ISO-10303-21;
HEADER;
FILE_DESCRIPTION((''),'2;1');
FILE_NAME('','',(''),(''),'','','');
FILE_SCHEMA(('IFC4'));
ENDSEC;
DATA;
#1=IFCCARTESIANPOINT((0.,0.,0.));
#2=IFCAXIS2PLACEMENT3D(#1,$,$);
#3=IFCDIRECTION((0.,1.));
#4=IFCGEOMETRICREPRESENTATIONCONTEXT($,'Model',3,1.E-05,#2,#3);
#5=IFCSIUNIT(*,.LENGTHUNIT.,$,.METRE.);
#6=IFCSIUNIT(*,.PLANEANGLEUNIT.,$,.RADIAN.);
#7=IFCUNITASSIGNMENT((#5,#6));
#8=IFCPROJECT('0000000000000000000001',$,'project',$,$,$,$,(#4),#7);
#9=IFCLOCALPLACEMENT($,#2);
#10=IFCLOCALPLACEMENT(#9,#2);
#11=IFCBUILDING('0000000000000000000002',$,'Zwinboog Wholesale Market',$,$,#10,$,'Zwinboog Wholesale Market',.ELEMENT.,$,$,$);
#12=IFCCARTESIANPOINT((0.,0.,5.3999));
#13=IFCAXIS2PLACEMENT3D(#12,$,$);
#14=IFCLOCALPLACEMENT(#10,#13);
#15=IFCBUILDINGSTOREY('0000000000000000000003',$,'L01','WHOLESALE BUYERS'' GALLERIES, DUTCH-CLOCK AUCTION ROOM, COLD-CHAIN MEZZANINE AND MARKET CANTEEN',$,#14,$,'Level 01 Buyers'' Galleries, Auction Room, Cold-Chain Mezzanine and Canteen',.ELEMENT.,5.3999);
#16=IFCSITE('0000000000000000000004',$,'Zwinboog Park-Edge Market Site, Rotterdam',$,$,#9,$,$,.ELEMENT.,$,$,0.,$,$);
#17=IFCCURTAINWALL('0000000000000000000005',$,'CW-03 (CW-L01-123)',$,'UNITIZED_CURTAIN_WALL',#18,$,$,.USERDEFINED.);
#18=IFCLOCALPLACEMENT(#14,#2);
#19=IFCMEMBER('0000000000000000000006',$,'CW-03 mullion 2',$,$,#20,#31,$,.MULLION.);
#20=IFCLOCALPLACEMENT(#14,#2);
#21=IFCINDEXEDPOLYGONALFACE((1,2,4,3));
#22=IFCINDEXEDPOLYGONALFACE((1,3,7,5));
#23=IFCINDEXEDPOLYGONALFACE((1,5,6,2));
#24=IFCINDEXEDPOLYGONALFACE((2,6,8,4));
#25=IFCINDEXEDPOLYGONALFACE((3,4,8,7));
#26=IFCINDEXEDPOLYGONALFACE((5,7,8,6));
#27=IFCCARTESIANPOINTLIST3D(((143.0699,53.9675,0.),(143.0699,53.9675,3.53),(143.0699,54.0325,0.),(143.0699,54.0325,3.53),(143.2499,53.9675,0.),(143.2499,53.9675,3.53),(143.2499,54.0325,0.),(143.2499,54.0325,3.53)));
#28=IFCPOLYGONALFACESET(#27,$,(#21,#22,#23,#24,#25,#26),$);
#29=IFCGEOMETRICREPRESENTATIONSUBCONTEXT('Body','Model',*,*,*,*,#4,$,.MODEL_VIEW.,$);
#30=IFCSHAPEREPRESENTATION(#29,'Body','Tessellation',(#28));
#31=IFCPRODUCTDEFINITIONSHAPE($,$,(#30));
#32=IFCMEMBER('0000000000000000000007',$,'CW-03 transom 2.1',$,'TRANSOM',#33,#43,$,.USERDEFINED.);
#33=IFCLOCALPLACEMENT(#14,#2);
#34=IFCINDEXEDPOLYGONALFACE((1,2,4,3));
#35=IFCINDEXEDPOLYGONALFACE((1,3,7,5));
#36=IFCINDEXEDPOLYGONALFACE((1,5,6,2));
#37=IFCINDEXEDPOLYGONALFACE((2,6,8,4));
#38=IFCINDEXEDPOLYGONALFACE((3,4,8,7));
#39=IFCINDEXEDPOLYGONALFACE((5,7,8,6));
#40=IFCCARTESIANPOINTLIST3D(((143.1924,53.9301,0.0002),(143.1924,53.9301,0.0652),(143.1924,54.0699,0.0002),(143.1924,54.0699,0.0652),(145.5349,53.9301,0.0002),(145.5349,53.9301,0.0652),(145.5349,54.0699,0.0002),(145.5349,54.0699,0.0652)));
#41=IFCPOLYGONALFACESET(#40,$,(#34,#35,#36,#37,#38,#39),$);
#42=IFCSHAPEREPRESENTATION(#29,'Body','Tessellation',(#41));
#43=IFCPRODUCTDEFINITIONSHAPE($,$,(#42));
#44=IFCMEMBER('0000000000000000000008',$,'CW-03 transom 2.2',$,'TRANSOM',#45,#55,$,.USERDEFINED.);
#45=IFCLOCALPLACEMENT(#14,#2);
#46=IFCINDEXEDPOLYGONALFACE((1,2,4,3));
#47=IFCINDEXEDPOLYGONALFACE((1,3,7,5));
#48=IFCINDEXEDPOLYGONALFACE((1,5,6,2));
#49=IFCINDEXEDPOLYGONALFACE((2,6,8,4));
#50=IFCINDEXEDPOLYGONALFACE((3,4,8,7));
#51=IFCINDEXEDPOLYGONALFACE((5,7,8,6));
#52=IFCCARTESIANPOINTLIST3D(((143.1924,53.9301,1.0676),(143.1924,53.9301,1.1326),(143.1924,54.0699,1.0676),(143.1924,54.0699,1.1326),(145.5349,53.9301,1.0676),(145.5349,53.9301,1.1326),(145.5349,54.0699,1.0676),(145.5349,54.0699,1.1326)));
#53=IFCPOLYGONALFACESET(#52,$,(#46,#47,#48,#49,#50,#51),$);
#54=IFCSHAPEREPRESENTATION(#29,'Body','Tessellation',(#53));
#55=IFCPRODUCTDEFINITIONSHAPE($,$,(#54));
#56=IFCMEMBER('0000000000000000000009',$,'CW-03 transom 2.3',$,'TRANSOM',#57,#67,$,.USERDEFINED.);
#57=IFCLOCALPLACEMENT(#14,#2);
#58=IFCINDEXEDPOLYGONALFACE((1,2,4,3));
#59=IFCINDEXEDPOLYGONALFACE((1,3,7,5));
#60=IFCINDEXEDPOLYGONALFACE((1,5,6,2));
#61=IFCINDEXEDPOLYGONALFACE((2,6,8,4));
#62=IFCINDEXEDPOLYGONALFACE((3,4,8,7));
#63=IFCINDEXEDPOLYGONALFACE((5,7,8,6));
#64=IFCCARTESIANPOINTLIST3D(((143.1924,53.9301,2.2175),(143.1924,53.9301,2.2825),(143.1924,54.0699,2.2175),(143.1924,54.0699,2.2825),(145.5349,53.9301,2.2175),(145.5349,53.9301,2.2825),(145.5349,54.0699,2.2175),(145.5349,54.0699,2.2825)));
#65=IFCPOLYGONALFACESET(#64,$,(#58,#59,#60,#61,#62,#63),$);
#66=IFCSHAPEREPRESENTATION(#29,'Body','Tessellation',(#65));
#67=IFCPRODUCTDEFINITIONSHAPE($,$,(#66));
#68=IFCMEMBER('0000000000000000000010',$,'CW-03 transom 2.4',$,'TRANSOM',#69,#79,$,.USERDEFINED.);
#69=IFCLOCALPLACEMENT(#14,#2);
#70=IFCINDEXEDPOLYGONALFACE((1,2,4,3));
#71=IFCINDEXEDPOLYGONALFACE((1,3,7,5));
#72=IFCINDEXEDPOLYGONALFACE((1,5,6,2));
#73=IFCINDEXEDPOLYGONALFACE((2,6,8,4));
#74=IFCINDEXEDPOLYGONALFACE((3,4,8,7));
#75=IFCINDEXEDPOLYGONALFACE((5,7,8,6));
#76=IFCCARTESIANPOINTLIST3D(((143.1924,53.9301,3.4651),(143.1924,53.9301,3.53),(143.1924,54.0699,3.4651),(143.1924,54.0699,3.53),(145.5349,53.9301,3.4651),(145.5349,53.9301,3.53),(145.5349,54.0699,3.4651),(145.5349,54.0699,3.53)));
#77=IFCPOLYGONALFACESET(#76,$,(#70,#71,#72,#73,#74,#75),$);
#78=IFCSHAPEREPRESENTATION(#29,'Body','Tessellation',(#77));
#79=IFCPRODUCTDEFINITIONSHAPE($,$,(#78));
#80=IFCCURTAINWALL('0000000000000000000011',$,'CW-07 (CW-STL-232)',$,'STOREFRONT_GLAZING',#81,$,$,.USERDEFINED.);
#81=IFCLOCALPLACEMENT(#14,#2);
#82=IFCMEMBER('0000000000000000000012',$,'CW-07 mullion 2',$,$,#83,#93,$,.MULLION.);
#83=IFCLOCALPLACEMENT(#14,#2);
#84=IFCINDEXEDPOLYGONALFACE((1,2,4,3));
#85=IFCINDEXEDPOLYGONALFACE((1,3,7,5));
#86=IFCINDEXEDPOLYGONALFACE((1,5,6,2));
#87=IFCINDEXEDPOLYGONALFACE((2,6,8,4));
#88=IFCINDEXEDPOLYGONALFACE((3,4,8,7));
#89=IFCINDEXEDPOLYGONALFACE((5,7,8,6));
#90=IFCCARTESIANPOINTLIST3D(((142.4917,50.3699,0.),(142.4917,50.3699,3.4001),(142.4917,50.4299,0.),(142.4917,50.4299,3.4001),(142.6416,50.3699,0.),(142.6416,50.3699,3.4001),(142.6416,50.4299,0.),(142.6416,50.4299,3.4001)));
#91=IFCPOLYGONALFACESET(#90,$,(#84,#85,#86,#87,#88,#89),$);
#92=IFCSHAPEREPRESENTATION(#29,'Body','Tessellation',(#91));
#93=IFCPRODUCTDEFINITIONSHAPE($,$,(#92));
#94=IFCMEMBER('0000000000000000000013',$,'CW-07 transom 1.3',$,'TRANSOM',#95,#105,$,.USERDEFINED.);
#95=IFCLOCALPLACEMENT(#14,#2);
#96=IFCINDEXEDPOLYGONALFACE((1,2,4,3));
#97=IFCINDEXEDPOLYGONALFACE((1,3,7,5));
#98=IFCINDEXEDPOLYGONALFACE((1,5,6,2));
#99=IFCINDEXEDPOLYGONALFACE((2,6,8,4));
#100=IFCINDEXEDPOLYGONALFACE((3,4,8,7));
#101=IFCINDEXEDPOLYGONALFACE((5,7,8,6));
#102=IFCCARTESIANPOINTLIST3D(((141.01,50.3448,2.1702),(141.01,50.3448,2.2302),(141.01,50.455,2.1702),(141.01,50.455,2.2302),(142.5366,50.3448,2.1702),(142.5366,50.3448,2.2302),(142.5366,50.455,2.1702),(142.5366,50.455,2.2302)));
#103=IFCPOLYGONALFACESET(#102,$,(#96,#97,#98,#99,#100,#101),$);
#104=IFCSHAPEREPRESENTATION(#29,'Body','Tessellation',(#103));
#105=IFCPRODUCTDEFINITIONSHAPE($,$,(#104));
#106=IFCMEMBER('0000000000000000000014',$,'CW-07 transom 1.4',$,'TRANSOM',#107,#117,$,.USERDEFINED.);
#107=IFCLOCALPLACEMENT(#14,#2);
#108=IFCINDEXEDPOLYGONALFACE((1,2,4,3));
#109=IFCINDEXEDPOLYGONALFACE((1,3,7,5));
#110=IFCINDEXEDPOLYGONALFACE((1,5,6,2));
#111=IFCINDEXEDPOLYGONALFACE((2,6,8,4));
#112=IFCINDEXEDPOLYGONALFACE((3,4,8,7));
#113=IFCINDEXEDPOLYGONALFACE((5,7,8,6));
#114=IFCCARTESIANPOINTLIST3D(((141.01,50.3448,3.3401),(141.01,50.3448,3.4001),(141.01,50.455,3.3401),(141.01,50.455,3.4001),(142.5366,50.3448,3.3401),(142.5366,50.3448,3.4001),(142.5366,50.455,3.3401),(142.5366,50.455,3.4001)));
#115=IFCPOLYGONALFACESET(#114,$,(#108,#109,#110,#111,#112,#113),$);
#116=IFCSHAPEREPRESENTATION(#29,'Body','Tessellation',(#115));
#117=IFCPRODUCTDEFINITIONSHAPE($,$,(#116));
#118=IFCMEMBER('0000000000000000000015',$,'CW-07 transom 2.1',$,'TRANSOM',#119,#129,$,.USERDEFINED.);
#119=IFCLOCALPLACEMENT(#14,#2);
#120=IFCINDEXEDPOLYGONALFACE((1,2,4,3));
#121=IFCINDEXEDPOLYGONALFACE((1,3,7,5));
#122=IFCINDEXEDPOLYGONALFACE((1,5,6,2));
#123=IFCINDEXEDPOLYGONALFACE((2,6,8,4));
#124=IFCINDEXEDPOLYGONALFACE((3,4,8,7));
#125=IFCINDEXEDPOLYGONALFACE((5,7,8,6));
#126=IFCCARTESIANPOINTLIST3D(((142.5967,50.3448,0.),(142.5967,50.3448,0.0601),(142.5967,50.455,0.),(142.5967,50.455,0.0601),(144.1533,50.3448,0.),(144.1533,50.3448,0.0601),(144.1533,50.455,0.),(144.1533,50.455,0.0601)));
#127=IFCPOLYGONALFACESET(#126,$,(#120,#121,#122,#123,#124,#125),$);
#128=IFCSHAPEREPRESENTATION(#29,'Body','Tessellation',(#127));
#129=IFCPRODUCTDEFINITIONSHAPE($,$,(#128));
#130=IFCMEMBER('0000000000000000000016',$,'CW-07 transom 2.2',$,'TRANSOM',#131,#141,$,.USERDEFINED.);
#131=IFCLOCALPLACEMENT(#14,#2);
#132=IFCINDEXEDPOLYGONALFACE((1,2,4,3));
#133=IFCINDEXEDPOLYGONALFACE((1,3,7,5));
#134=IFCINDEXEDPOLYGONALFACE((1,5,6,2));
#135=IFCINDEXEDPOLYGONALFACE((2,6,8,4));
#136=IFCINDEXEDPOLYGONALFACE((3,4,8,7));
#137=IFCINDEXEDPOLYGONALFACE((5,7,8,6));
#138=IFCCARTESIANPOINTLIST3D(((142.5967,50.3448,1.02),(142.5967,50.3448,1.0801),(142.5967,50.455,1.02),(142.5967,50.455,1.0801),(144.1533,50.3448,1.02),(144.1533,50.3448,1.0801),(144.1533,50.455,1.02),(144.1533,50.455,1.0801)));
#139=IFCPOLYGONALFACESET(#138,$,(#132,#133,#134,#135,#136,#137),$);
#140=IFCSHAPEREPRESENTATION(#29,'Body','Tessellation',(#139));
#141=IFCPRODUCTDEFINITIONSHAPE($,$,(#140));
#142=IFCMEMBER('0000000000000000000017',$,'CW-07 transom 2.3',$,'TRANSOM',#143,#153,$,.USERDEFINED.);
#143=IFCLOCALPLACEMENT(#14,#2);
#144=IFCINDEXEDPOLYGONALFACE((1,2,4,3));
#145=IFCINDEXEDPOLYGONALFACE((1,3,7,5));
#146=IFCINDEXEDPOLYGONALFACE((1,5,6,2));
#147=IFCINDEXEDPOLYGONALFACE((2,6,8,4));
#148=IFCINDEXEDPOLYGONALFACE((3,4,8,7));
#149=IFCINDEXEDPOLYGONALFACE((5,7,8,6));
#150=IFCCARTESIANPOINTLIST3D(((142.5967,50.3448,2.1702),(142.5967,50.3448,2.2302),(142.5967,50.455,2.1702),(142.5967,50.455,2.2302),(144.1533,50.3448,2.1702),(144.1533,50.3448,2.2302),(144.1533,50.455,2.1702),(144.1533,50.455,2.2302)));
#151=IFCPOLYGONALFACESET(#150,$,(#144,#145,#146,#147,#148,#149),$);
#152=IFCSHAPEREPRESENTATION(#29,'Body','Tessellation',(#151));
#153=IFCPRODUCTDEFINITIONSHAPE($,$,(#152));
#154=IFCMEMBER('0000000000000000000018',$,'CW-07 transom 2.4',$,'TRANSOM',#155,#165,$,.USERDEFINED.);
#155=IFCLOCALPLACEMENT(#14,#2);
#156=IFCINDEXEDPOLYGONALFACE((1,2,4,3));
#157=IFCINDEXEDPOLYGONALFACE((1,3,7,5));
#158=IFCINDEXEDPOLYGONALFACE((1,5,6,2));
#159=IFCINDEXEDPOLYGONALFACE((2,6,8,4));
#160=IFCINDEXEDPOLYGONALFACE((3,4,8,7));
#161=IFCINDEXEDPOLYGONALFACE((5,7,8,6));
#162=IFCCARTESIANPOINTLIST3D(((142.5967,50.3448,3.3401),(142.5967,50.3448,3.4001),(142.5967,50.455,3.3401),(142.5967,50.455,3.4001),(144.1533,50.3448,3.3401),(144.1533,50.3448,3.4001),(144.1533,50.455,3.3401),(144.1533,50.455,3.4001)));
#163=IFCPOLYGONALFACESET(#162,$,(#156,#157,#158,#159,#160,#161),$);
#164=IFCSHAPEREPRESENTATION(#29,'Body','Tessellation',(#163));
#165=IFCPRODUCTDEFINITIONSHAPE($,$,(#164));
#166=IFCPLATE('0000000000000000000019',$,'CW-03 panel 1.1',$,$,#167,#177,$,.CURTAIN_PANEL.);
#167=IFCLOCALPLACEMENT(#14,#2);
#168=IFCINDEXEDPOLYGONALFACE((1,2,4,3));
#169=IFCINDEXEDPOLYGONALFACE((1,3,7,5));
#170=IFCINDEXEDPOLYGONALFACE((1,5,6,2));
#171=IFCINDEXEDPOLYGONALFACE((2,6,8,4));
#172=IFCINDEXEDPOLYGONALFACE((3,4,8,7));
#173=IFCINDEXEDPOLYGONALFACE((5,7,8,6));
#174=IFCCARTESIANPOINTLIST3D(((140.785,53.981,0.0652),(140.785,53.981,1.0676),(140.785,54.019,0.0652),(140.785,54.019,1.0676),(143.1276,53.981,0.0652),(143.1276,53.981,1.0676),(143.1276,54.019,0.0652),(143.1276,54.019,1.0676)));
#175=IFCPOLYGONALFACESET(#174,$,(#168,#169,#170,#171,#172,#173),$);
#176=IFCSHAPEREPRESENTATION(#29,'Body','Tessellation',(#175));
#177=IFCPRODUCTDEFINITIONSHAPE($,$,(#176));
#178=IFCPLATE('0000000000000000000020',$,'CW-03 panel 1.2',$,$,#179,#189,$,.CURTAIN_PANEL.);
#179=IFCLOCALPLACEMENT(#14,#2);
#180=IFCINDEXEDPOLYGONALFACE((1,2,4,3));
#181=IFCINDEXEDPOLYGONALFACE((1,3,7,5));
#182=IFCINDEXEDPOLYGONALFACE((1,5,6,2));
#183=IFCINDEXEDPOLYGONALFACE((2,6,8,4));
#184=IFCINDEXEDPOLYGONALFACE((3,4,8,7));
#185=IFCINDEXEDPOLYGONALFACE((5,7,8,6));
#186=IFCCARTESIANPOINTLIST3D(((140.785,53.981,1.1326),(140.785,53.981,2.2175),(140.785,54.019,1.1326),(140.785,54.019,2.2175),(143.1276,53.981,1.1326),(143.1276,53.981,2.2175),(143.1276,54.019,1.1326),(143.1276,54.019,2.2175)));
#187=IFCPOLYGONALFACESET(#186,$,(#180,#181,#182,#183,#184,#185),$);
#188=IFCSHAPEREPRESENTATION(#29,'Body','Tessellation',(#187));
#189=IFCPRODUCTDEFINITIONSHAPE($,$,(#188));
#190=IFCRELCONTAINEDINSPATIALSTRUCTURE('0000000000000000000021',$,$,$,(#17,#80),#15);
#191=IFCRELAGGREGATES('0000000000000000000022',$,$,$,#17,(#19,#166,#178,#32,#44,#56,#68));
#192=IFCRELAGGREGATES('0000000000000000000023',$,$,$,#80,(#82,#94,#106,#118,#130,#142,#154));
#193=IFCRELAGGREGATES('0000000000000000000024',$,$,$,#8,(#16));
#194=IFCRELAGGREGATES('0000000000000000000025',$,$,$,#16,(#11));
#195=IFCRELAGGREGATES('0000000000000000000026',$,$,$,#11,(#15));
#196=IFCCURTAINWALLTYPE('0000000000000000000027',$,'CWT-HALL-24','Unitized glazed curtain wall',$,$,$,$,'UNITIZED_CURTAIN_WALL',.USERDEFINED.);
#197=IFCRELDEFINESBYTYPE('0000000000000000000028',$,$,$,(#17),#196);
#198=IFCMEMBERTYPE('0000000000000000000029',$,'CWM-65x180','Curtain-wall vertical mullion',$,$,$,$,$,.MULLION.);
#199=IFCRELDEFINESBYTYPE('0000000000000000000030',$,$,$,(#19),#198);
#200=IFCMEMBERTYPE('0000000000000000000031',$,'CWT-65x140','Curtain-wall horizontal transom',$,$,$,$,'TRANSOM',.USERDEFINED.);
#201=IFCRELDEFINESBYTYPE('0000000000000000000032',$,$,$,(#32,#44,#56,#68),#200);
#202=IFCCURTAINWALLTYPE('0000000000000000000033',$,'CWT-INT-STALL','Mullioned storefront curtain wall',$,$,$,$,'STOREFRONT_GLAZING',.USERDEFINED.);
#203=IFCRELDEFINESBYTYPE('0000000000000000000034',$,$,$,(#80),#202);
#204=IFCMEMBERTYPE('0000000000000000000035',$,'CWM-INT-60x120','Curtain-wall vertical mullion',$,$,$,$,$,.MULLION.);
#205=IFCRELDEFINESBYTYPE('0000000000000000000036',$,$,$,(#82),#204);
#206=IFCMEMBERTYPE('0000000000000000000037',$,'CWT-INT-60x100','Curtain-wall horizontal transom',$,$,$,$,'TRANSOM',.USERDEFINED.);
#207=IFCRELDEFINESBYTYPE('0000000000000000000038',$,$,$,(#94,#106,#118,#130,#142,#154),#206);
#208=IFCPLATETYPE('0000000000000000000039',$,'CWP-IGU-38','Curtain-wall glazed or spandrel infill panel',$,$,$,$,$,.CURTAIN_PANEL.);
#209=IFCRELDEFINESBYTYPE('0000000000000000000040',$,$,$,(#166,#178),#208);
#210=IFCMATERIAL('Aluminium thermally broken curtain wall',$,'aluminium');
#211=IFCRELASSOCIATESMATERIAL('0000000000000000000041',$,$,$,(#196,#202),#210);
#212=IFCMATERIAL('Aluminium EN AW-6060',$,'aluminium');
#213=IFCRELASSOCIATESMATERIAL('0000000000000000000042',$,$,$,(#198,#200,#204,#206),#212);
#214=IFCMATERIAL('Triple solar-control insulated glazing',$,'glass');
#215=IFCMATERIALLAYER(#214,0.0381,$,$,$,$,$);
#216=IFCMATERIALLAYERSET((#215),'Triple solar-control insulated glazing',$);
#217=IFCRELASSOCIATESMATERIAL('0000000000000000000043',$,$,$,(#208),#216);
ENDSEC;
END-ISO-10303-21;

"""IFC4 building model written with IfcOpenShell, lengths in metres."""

from ifc_helpers import new_model, si_unit, direction, frame, origin, origin_2d, place, context, subcontext, project, spatial, rectangle, extrude, material, layer, layer_set, material_profile, profile_set, type_object, element, aggregate, save


model = new_model("IFC4")

# Units and contexts
model_context = context("Model", 3, precision=1e-05, world=origin(), true_north=direction((0.0, 1.0)))
body_context = subcontext(model_context, "Body", "Model", "MODEL_VIEW")
ifc_project = project(units=[si_unit("LENGTHUNIT", "METRE"), si_unit("PLANEANGLEUNIT", "RADIAN")], contexts=[model_context])

# Site, building, storey
site_placement = place(None, origin())
site = spatial("IfcSite", under=ifc_project, at=site_placement, Name="Zwinboog Park-Edge Market Site, Rotterdam", CompositionType="ELEMENT", RefElevation=0.0)
building_placement = place(site_placement, origin())
building = spatial("IfcBuilding", under=site, at=building_placement, Name="Zwinboog Wholesale Market", LongName="Zwinboog Wholesale Market", CompositionType="ELEMENT")
storey_placement = place(building_placement, frame((0.0, 0.0, 5.3999)))
storey = spatial("IfcBuildingStorey", under=building, at=storey_placement, Name="L01", Description="WHOLESALE BUYERS' GALLERIES, DUTCH-CLOCK AUCTION ROOM, COLD-CHAIN MEZZANINE AND MARKET CANTEEN", LongName="Level 01 Buyers' Galleries, Auction Room, Cold-Chain Mezzanine and Canteen", CompositionType="ELEMENT", Elevation=5.3999)

# Curtain walls, members
ifc_material_1 = material(Name="Aluminium thermally broken curtain wall", Category="aluminium")
curtain_wall_type_1 = type_object("IfcCurtainWallType", Name="CWT-HALL-24", Description="Unitized glazed curtain wall", ElementType="UNITIZED_CURTAIN_WALL", PredefinedType="USERDEFINED", material=ifc_material_1)
curtain_wall_1_placement = place(storey_placement, origin())
curtain_wall_1 = element("IfcCurtainWall", 1, at=curtain_wall_1_placement, inside=storey, type_object=curtain_wall_type_1, Name="CW-03 (CW-L01-123)", ObjectType="UNITIZED_CURTAIN_WALL", PredefinedType="USERDEFINED")
ifc_material_2 = material(Name="Aluminium EN AW-6060", Category="aluminium")
ifc_material_profile_1 = material_profile(ifc_material_2, rectangle(XDim=0.0649, YDim=0.1799, at=origin_2d()), Name="AL 65x180")
ifc_profile_set_1 = profile_set([ifc_material_profile_1], Name="Aluminium EN AW-6060")
member_type_1 = type_object("IfcMemberType", Name="CWM-65x180", Description="Curtain-wall vertical mullion", PredefinedType="MULLION", material=ifc_profile_set_1)
member_1_placement = place(storey_placement, frame((143.1599, 54.0, 0.0), z_axis=(0.0, 0.0, 1.0), x_axis=(0.0, 1.0, 0.0)))
member_1 = element("IfcMember", 2, at=member_1_placement, type_object=member_type_1, Name="CW-03 mullion 2", PredefinedType="MULLION", context=body_context, shape_type="SweptSolid", body=[
    extrude(rectangle(XDim=0.0649, YDim=0.1799, at=origin_2d()), origin(), (0.0, 0.0, 1.0), 3.53),
])
ifc_material_profile_2 = material_profile(ifc_material_2, rectangle(XDim=0.1399, YDim=0.0649, at=origin_2d()), Name="AL 65x140")
ifc_profile_set_2 = profile_set([ifc_material_profile_2], Name="Aluminium EN AW-6060")
member_type_2 = type_object("IfcMemberType", Name="CWT-65x140", Description="Curtain-wall horizontal transom", ElementType="TRANSOM", PredefinedType="USERDEFINED", material=ifc_profile_set_2)
member_2_placement = place(storey_placement, frame((143.1924, 54.0, 0.0327), z_axis=(1.0, 0.0, 0.0), x_axis=(0.0, 1.0, 0.0)))
member_2 = element("IfcMember", 3, at=member_2_placement, type_object=member_type_2, Name="CW-03 transom 2.1", ObjectType="TRANSOM", PredefinedType="USERDEFINED", context=body_context, shape_type="SweptSolid", body=[
    extrude(rectangle(XDim=0.1399, YDim=0.0649, at=origin_2d()), origin(), (0.0, 0.0, 1.0), 2.3425),
])
member_3_placement = place(storey_placement, frame((143.1924, 54.0, 1.1001), z_axis=(1.0, 0.0, 0.0), x_axis=(0.0, 1.0, 0.0)))
member_3 = element("IfcMember", 4, at=member_3_placement, type_object=member_type_2, Name="CW-03 transom 2.2", ObjectType="TRANSOM", PredefinedType="USERDEFINED", context=body_context, shape_type="SweptSolid", body=[
    extrude(rectangle(XDim=0.1399, YDim=0.0649, at=origin_2d()), origin(), (0.0, 0.0, 1.0), 2.3425),
])
member_4_placement = place(storey_placement, frame((143.1924, 54.0, 2.25), z_axis=(1.0, 0.0, 0.0), x_axis=(0.0, 1.0, 0.0)))
member_4 = element("IfcMember", 5, at=member_4_placement, type_object=member_type_2, Name="CW-03 transom 2.3", ObjectType="TRANSOM", PredefinedType="USERDEFINED", context=body_context, shape_type="SweptSolid", body=[
    extrude(rectangle(XDim=0.1399, YDim=0.0649, at=origin_2d()), origin(), (0.0, 0.0, 1.0), 2.3425),
])
member_5_placement = place(storey_placement, frame((143.1924, 54.0, 3.4976), z_axis=(1.0, 0.0, 0.0), x_axis=(0.0, 1.0, 0.0)))
member_5 = element("IfcMember", 6, at=member_5_placement, type_object=member_type_2, Name="CW-03 transom 2.4", ObjectType="TRANSOM", PredefinedType="USERDEFINED", context=body_context, shape_type="SweptSolid", body=[
    extrude(rectangle(XDim=0.1399, YDim=0.0649, at=origin_2d()), origin(), (0.0, 0.0, 1.0), 2.3425),
])
curtain_wall_type_2 = type_object("IfcCurtainWallType", Name="CWT-INT-STALL", Description="Mullioned storefront curtain wall", ElementType="STOREFRONT_GLAZING", PredefinedType="USERDEFINED", material=ifc_material_1)
curtain_wall_2_placement = place(storey_placement, origin())
curtain_wall_2 = element("IfcCurtainWall", 7, at=curtain_wall_2_placement, inside=storey, type_object=curtain_wall_type_2, Name="CW-07 (CW-STL-232)", ObjectType="STOREFRONT_GLAZING", PredefinedType="USERDEFINED")
ifc_material_profile_3 = material_profile(ifc_material_2, rectangle(XDim=0.0601, YDim=0.1499, at=origin_2d()), Name="AL 60x150")
ifc_profile_set_3 = profile_set([ifc_material_profile_3], Name="Aluminium EN AW-6060")
member_type_3 = type_object("IfcMemberType", Name="CWM-INT-60x120", Description="Curtain-wall vertical mullion", PredefinedType="MULLION", material=ifc_profile_set_3)
member_6_placement = place(storey_placement, frame((142.5667, 50.3999, 0.0), z_axis=(0.0, 0.0, 1.0), x_axis=(0.0, 1.0, 0.0)))
member_6 = element("IfcMember", 8, at=member_6_placement, type_object=member_type_3, Name="CW-07 mullion 2", PredefinedType="MULLION", context=body_context, shape_type="SweptSolid", body=[
    extrude(rectangle(XDim=0.0601, YDim=0.1499, at=origin_2d()), origin(), (0.0, 0.0, 1.0), 3.4001),
])
ifc_material_profile_4 = material_profile(ifc_material_2, rectangle(XDim=0.1101, YDim=0.0601, at=origin_2d()), Name="AL 60x110")
ifc_profile_set_4 = profile_set([ifc_material_profile_4], Name="Aluminium EN AW-6060")
member_type_4 = type_object("IfcMemberType", Name="CWT-INT-60x100", Description="Curtain-wall horizontal transom", ElementType="TRANSOM", PredefinedType="USERDEFINED", material=ifc_profile_set_4)
member_7_placement = place(storey_placement, frame((141.01, 50.3999, 2.2002), z_axis=(1.0, 0.0, 0.0), x_axis=(0.0, 1.0, 0.0)))
member_7 = element("IfcMember", 9, at=member_7_placement, type_object=member_type_4, Name="CW-07 transom 1.3", ObjectType="TRANSOM", PredefinedType="USERDEFINED", context=body_context, shape_type="SweptSolid", body=[
    extrude(rectangle(XDim=0.1101, YDim=0.0601, at=origin_2d()), origin(), (0.0, 0.0, 1.0), 1.5266),
])
member_8_placement = place(storey_placement, frame((141.01, 50.3999, 3.3701), z_axis=(1.0, 0.0, 0.0), x_axis=(0.0, 1.0, 0.0)))
member_8 = element("IfcMember", 10, at=member_8_placement, type_object=member_type_4, Name="CW-07 transom 1.4", ObjectType="TRANSOM", PredefinedType="USERDEFINED", context=body_context, shape_type="SweptSolid", body=[
    extrude(rectangle(XDim=0.1101, YDim=0.0601, at=origin_2d()), origin(), (0.0, 0.0, 1.0), 1.5266),
])
member_9_placement = place(storey_placement, frame((142.5967, 50.3999, 0.03), z_axis=(1.0, 0.0, 0.0), x_axis=(0.0, 1.0, 0.0)))
member_9 = element("IfcMember", 11, at=member_9_placement, type_object=member_type_4, Name="CW-07 transom 2.1", ObjectType="TRANSOM", PredefinedType="USERDEFINED", context=body_context, shape_type="SweptSolid", body=[
    extrude(rectangle(XDim=0.1101, YDim=0.0601, at=origin_2d()), origin(), (0.0, 0.0, 1.0), 1.5566),
])
member_10_placement = place(storey_placement, frame((142.5967, 50.3999, 1.05), z_axis=(1.0, 0.0, 0.0), x_axis=(0.0, 1.0, 0.0)))
member_10 = element("IfcMember", 12, at=member_10_placement, type_object=member_type_4, Name="CW-07 transom 2.2", ObjectType="TRANSOM", PredefinedType="USERDEFINED", context=body_context, shape_type="SweptSolid", body=[
    extrude(rectangle(XDim=0.1101, YDim=0.0601, at=origin_2d()), origin(), (0.0, 0.0, 1.0), 1.5566),
])
member_11_placement = place(storey_placement, frame((142.5967, 50.3999, 2.2002), z_axis=(1.0, 0.0, 0.0), x_axis=(0.0, 1.0, 0.0)))
member_11 = element("IfcMember", 13, at=member_11_placement, type_object=member_type_4, Name="CW-07 transom 2.3", ObjectType="TRANSOM", PredefinedType="USERDEFINED", context=body_context, shape_type="SweptSolid", body=[
    extrude(rectangle(XDim=0.1101, YDim=0.0601, at=origin_2d()), origin(), (0.0, 0.0, 1.0), 1.5566),
])
member_12_placement = place(storey_placement, frame((142.5967, 50.3999, 3.3701), z_axis=(1.0, 0.0, 0.0), x_axis=(0.0, 1.0, 0.0)))
member_12 = element("IfcMember", 14, at=member_12_placement, type_object=member_type_4, Name="CW-07 transom 2.4", ObjectType="TRANSOM", PredefinedType="USERDEFINED", context=body_context, shape_type="SweptSolid", body=[
    extrude(rectangle(XDim=0.1101, YDim=0.0601, at=origin_2d()), origin(), (0.0, 0.0, 1.0), 1.5566),
])

# Plates
ifc_material_3 = material(Name="Triple solar-control insulated glazing", Category="glass")
ifc_layer_1 = layer(ifc_material_3, 0.0381)
ifc_layer_set_1 = layer_set([ifc_layer_1], Name="Triple solar-control insulated glazing")
plate_type_1 = type_object("IfcPlateType", Name="CWP-IGU-38", Description="Curtain-wall glazed or spandrel infill panel", PredefinedType="CURTAIN_PANEL", material=ifc_layer_set_1)
plate_1_placement = place(storey_placement, frame((141.9563, 54.0, 0.0652), z_axis=(0.0, 0.0, 1.0), x_axis=(1.0, 0.0, 0.0)))
plate_1 = element("IfcPlate", 15, at=plate_1_placement, type_object=plate_type_1, Name="CW-03 panel 1.1", PredefinedType="CURTAIN_PANEL", context=body_context, shape_type="SweptSolid", body=[
    extrude(rectangle(XDim=2.3425, YDim=0.0381, at=origin_2d()), origin(), (0.0, 0.0, 1.0), 1.0024),
])
plate_2_placement = place(storey_placement, frame((141.9563, 54.0, 1.1326), z_axis=(0.0, 0.0, 1.0), x_axis=(1.0, 0.0, 0.0)))
plate_2 = element("IfcPlate", 16, at=plate_2_placement, type_object=plate_type_1, Name="CW-03 panel 1.2", PredefinedType="CURTAIN_PANEL", context=body_context, shape_type="SweptSolid", body=[
    extrude(rectangle(XDim=2.3425, YDim=0.0381, at=origin_2d()), origin(), (0.0, 0.0, 1.0), 1.085),
])
aggregate(curtain_wall_1, [member_1, plate_1, plate_2, member_2, member_3, member_4, member_5])
aggregate(curtain_wall_2, [member_6, member_7, member_8, member_9, member_10, member_11, member_12])

save(model, "model.ifc")
